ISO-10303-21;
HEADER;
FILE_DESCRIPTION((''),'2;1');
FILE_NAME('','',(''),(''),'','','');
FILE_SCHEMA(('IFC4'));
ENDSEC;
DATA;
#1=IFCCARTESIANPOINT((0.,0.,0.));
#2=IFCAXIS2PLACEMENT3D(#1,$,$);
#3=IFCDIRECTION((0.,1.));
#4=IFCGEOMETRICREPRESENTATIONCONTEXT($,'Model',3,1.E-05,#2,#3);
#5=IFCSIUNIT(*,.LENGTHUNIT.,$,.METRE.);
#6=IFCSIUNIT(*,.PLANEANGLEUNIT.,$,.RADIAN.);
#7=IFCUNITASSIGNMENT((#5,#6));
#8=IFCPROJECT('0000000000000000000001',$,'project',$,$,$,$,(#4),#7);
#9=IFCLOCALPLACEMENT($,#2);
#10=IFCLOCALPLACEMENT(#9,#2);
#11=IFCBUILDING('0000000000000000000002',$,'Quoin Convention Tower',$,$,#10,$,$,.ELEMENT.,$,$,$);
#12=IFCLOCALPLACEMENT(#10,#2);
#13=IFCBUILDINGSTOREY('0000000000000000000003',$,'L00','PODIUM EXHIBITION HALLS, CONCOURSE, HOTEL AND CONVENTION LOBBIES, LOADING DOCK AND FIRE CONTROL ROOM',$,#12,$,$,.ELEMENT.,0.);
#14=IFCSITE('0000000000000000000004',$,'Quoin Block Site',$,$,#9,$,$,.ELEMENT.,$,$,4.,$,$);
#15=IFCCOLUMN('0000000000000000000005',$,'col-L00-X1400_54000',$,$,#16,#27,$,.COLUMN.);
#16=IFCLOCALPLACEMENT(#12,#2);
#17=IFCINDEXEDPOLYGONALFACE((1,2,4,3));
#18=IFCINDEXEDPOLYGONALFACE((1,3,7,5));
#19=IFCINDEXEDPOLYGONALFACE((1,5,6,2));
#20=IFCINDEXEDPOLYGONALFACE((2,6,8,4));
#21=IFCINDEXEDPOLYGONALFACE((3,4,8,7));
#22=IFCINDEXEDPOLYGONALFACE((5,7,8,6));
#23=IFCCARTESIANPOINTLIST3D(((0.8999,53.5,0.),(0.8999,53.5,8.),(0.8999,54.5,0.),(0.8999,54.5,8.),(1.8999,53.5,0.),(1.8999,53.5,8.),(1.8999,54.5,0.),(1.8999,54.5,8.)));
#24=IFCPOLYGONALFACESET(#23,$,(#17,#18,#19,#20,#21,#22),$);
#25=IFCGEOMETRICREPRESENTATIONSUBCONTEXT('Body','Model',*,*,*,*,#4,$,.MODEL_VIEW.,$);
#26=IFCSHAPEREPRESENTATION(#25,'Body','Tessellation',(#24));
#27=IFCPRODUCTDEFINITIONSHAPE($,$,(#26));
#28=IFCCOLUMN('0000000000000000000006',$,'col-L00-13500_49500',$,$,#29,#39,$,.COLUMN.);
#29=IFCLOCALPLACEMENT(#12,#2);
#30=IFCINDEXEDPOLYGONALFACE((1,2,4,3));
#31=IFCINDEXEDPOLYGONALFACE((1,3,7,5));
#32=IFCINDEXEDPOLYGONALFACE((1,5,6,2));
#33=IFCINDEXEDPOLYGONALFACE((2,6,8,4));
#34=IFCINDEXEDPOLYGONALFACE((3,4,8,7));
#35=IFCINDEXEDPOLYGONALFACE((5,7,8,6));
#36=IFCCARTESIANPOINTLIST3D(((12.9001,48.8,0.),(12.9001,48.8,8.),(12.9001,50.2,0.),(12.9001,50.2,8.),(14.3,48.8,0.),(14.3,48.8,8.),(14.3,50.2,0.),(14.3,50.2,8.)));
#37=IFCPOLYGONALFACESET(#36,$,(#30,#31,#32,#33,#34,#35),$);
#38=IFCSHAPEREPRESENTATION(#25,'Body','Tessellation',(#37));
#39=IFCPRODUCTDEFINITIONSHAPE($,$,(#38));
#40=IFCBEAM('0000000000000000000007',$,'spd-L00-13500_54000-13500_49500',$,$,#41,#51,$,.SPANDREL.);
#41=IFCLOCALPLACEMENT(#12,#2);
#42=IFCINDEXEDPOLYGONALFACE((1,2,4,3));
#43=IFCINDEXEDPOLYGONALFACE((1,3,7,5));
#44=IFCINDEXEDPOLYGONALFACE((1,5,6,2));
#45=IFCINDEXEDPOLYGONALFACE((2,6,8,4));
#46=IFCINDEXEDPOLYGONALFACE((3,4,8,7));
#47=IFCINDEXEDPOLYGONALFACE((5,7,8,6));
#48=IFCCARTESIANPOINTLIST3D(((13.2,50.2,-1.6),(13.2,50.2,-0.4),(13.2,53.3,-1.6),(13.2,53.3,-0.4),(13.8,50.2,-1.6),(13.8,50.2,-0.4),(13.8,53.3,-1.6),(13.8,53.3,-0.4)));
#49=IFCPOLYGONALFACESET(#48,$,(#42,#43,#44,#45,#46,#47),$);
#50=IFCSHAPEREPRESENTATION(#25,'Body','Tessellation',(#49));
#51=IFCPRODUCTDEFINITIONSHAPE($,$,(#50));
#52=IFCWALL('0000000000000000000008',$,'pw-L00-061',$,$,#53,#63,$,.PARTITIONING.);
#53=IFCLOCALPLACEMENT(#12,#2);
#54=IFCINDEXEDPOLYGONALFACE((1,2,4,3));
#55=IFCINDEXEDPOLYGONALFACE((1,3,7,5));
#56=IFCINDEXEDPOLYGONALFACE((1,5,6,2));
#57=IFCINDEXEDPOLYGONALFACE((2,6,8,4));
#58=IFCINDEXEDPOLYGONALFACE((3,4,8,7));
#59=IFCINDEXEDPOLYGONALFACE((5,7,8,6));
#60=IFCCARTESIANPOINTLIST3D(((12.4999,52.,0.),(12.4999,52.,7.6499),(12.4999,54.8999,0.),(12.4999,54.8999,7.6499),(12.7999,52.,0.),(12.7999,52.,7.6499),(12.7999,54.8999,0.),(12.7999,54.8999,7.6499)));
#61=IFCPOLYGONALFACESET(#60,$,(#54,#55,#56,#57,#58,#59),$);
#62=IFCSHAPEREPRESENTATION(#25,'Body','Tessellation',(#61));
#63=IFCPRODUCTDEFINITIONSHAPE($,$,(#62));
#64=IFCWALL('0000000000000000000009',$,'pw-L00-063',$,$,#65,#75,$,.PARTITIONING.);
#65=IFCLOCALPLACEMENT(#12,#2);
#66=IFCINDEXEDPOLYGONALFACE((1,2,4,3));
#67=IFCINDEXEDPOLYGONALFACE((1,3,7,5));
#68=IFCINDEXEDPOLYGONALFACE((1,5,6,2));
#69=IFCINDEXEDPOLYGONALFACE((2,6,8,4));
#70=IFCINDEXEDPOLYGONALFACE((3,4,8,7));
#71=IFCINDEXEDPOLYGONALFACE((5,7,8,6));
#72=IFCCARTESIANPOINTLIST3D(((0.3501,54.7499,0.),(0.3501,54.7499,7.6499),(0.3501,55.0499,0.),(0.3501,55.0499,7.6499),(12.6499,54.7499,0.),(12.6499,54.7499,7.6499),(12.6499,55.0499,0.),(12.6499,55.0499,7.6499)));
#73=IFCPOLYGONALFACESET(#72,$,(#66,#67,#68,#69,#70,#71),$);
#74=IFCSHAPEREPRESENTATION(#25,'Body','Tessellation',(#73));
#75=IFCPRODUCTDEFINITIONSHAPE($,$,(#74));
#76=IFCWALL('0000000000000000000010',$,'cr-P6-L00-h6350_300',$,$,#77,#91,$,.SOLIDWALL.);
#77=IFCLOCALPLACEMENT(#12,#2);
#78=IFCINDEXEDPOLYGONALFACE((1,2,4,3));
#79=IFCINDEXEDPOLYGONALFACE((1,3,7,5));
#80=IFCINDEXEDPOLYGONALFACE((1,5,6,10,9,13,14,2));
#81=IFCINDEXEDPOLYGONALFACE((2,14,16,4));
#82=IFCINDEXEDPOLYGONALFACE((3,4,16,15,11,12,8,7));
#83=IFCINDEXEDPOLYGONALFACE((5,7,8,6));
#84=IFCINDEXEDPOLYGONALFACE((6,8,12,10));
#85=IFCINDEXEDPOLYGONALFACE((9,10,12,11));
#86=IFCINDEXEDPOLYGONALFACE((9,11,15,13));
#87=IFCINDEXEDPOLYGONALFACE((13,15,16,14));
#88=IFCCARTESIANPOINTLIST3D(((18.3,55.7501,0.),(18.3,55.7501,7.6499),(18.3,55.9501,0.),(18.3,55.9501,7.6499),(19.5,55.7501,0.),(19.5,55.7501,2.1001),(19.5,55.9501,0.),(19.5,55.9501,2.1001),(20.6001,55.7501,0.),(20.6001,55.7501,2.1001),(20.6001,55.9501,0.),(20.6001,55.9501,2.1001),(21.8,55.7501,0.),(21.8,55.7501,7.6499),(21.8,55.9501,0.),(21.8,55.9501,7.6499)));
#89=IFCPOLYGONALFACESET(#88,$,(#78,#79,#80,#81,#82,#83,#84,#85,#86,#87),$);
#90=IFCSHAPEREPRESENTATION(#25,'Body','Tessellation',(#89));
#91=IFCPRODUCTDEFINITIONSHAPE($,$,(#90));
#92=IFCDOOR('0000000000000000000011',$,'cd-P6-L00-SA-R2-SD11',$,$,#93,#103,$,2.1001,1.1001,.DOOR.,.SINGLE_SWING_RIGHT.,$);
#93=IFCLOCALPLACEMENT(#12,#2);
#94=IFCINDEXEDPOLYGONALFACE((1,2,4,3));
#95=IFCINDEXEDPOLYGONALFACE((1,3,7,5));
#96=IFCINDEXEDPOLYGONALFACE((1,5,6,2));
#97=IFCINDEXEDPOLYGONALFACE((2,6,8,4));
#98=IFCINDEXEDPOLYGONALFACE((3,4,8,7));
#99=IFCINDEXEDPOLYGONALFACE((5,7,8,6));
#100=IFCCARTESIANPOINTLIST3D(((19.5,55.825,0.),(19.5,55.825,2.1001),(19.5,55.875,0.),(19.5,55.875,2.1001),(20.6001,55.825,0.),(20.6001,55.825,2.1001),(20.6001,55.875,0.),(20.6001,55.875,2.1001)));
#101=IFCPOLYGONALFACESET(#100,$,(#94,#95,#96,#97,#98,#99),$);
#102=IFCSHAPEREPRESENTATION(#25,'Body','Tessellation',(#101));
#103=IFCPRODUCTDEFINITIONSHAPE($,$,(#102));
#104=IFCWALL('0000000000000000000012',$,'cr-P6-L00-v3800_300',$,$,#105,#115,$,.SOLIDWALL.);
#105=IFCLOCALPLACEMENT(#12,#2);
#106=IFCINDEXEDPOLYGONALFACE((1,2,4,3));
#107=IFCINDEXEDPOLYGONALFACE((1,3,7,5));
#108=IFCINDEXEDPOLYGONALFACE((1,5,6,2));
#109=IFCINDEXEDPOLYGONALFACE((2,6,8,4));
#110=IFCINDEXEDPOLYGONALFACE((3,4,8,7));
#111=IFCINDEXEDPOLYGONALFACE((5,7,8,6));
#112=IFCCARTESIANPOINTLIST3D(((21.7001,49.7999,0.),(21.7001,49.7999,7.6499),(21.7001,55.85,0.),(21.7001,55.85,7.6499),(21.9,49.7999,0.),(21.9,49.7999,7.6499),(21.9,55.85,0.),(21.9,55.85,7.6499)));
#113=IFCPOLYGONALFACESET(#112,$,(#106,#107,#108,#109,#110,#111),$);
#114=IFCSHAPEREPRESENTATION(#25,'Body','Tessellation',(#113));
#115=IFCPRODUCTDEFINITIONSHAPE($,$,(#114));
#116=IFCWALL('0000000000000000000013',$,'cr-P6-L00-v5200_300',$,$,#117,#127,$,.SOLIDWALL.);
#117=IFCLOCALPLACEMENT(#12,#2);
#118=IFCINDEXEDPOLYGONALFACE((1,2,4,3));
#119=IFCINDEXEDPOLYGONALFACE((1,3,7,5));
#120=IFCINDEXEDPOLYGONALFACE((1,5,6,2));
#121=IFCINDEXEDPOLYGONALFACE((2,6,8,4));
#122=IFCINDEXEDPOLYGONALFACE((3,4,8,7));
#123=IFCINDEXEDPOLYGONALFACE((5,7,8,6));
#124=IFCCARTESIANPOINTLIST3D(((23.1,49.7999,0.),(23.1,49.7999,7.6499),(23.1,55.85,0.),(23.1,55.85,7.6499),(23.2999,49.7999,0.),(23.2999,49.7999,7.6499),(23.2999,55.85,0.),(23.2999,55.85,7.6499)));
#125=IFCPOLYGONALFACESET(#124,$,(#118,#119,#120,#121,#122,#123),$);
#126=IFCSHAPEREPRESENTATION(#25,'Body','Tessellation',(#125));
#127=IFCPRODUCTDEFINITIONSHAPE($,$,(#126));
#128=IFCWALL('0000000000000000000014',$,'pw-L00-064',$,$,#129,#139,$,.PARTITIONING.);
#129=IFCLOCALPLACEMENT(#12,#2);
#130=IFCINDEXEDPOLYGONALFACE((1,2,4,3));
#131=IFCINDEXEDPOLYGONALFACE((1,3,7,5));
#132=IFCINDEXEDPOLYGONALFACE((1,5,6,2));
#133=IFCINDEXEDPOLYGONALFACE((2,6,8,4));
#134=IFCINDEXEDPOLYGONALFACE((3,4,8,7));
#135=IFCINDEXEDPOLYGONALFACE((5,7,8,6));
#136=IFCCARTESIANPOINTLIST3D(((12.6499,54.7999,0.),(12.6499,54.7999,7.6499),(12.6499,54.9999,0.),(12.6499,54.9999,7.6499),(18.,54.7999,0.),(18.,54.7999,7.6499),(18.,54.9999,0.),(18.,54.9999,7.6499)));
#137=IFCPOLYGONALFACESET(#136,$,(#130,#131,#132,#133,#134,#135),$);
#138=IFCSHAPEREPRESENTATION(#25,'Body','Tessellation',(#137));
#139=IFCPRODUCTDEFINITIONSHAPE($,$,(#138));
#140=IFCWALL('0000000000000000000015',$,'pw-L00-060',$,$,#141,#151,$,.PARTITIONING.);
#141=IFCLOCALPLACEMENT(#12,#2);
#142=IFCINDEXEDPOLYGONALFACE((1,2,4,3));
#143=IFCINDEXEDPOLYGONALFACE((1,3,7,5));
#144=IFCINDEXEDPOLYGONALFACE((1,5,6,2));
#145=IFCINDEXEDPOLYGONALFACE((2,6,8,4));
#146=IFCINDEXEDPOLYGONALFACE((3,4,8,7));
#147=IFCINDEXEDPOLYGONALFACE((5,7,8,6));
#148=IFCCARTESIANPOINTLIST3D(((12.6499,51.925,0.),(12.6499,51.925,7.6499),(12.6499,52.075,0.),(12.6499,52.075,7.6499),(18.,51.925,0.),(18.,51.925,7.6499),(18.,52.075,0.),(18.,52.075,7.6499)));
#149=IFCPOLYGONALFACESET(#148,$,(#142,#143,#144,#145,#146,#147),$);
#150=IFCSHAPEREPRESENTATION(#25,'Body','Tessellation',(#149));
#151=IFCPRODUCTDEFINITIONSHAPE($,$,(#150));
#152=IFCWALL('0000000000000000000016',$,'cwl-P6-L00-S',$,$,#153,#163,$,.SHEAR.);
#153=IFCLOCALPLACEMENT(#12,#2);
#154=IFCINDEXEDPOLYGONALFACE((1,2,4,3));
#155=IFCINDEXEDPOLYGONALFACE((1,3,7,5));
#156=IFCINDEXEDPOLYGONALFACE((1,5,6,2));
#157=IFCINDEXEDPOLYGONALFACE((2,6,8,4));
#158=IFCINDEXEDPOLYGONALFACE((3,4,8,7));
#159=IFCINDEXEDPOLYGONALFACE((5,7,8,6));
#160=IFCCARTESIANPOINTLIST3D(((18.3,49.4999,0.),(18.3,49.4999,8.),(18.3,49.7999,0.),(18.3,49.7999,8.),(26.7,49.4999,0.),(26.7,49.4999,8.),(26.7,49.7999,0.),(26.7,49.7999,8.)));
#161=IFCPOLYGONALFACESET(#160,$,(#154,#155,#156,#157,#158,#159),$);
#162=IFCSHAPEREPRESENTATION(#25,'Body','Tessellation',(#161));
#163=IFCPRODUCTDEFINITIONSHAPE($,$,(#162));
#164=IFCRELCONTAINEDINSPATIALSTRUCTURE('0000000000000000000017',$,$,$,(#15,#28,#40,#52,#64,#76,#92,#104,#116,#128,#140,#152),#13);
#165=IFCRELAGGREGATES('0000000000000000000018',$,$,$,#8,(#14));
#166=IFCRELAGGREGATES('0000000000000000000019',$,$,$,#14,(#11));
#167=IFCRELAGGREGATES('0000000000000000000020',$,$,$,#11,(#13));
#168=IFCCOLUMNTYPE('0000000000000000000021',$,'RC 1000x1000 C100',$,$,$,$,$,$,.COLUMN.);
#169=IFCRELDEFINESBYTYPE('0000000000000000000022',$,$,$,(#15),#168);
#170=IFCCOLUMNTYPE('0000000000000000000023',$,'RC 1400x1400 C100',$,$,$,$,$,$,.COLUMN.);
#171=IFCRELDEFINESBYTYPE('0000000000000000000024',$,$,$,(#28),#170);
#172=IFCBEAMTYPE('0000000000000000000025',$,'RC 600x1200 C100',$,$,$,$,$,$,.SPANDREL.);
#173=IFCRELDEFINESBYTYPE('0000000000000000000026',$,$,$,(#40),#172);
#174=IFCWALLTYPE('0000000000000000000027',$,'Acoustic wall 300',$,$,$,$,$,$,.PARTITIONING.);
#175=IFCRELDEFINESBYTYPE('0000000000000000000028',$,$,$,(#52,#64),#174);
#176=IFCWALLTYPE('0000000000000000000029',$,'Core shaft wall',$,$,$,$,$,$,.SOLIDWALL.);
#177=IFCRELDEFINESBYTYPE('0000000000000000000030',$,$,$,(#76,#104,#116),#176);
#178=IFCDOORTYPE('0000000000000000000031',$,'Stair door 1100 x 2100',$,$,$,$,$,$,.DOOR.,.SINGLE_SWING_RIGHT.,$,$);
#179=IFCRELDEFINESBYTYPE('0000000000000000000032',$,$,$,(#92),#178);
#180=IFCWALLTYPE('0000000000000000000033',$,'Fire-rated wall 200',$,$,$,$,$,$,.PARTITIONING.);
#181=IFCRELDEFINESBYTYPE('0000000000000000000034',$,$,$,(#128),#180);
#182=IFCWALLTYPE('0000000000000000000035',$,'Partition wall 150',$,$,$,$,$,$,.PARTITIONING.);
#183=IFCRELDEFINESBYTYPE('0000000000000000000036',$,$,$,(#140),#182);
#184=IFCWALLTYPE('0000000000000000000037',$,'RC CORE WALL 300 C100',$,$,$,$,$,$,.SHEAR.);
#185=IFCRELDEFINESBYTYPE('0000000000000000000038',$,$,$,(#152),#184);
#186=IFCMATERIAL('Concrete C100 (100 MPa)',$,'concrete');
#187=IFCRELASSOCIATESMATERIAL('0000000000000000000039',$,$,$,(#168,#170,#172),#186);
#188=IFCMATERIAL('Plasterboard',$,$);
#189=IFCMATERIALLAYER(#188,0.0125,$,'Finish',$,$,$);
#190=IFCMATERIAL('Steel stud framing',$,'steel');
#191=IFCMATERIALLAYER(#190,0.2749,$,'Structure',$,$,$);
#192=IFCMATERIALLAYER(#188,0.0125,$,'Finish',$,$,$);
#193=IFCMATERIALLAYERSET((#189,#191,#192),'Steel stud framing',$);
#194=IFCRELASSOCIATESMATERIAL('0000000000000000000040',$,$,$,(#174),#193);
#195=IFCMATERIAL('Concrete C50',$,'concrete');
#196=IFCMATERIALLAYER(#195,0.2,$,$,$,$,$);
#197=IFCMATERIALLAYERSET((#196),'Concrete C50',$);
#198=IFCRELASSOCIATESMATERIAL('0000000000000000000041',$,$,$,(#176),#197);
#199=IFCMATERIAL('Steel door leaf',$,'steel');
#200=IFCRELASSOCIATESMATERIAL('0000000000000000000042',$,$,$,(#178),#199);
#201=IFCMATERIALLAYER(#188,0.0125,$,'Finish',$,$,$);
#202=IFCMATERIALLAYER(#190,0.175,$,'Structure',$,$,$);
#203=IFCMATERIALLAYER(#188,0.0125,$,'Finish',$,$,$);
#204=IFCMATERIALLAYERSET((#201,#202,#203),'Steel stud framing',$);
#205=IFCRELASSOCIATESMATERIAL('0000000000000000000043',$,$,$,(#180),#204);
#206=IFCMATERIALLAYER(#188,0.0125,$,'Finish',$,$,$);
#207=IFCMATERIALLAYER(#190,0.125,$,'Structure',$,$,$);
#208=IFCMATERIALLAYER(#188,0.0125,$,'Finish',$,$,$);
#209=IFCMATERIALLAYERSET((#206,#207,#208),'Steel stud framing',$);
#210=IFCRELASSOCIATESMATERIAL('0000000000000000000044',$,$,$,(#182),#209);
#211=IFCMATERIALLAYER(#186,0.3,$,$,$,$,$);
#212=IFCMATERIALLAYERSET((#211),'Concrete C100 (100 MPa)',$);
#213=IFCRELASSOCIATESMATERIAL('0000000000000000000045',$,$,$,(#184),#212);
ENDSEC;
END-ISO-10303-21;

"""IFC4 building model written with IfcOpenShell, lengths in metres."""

from ifc_helpers import new_model, si_unit, direction, frame, frame_2d, origin, origin_2d, place, context, subcontext, project, spatial, rectangle, extrude, material, layer, layer_set, material_profile, profile_set, type_object, element, fill, save


model = new_model("IFC4")

# Units and contexts
model_context = context("Model", 3, precision=1e-05, world=origin(), true_north=direction((0.0, 1.0)))
body_context = subcontext(model_context, "Body", "Model", "MODEL_VIEW")
ifc_project = project(units=[si_unit("LENGTHUNIT", "METRE"), si_unit("PLANEANGLEUNIT", "RADIAN")], contexts=[model_context])

# Site, building, storey
site_placement = place(None, origin())
site = spatial("IfcSite", under=ifc_project, at=site_placement, Name="Quoin Block Site", CompositionType="ELEMENT", RefElevation=4.0)
building_placement = place(site_placement, origin())
building = spatial("IfcBuilding", under=site, at=building_placement, Name="Quoin Convention Tower", CompositionType="ELEMENT")
storey_placement = place(building_placement, origin())
storey = spatial("IfcBuildingStorey", under=building, at=storey_placement, Name="L00", Description="PODIUM EXHIBITION HALLS, CONCOURSE, HOTEL AND CONVENTION LOBBIES, LOADING DOCK AND FIRE CONTROL ROOM", CompositionType="ELEMENT", Elevation=0.0)

# Columns
ifc_material_1 = material(Name="Concrete C100 (100 MPa)", Category="concrete")
ifc_material_profile_1 = material_profile(ifc_material_1, rectangle(XDim=1.0, YDim=1.0, at=origin_2d()), Name="RC 1000x1000")
ifc_profile_set_1 = profile_set([ifc_material_profile_1], Name="Concrete C100 (100 MPa)")
column_type_1 = type_object("IfcColumnType", Name="RC 1000x1000 C100", PredefinedType="COLUMN", material=ifc_profile_set_1)
column_1_placement = place(storey_placement, frame((1.3999, 54.0, 0.0), z_axis=(0.0, 0.0, 1.0), x_axis=(1.0, 0.0, 0.0)))
element("IfcColumn", 1, at=column_1_placement, inside=storey, type_object=column_type_1, Name="col-L00-X1400_54000", PredefinedType="COLUMN", context=body_context, shape_type="SweptSolid", body=[
    extrude(rectangle(XDim=1.0, YDim=1.0, at=origin_2d()), origin(), (0.0, 0.0, 1.0), 8.0),
])
ifc_material_profile_2 = material_profile(ifc_material_1, rectangle(XDim=1.3999, YDim=1.3999, at=origin_2d()), Name="RC 1400x1400")
ifc_profile_set_2 = profile_set([ifc_material_profile_2], Name="Concrete C100 (100 MPa)")
column_type_2 = type_object("IfcColumnType", Name="RC 1400x1400 C100", PredefinedType="COLUMN", material=ifc_profile_set_2)
column_2_placement = place(storey_placement, frame((13.6001, 49.5, 0.0), z_axis=(0.0, 0.0, 1.0), x_axis=(1.0, 0.0, 0.0)))
element("IfcColumn", 2, at=column_2_placement, inside=storey, type_object=column_type_2, Name="col-L00-13500_49500", PredefinedType="COLUMN", context=body_context, shape_type="SweptSolid", body=[
    extrude(rectangle(XDim=1.3999, YDim=1.3999, at=origin_2d()), origin(), (0.0, 0.0, 1.0), 8.0),
])

# Beam
ifc_material_profile_3 = material_profile(ifc_material_1, rectangle(XDim=0.6001, YDim=1.2, at=origin_2d()), Name="RC 600x1200")
ifc_profile_set_3 = profile_set([ifc_material_profile_3], Name="Concrete C100 (100 MPa)")
beam_type = type_object("IfcBeamType", Name="RC 600x1200 C100", PredefinedType="SPANDREL", material=ifc_profile_set_3)
beam_placement = place(storey_placement, frame((13.5, 53.3, -1.0), z_axis=(0.0, -1.0, 0.0), x_axis=(1.0, 0.0, 0.0)))
element("IfcBeam", 3, at=beam_placement, inside=storey, type_object=beam_type, Name="spd-L00-13500_54000-13500_49500", PredefinedType="SPANDREL", context=body_context, shape_type="SweptSolid", body=[
    extrude(rectangle(XDim=0.6001, YDim=1.2, at=origin_2d()), origin(), (0.0, 0.0, 1.0), 3.1001),
])

# Walls
ifc_material_2 = material(Name="Plasterboard")
ifc_layer_1 = layer(ifc_material_2, 0.0125, Name="Finish")
ifc_material_3 = material(Name="Steel stud framing", Category="steel")
ifc_layer_2 = layer(ifc_material_3, 0.2749, Name="Structure")
ifc_layer_3 = layer(ifc_material_2, 0.0125, Name="Finish")
ifc_layer_set_1 = layer_set([ifc_layer_1, ifc_layer_2, ifc_layer_3], Name="Steel stud framing")
wall_type_1 = type_object("IfcWallType", Name="Acoustic wall 300", PredefinedType="PARTITIONING", material=ifc_layer_set_1)
wall_1_placement = place(storey_placement, frame((12.6499, 52.0, 0.0), z_axis=(0.0, 0.0, 1.0), x_axis=(0.0, 1.0, 0.0)))
element("IfcWall", 4, at=wall_1_placement, inside=storey, type_object=wall_type_1, Name="pw-L00-061", PredefinedType="PARTITIONING", context=body_context, shape_type="SweptSolid", body=[
    extrude(rectangle(XDim=2.8999, YDim=0.3, at=frame_2d((1.45, 0.0))), origin(), (0.0, 0.0, 1.0), 7.6499),
])
wall_2_placement = place(storey_placement, frame((0.3501, 54.8999, 0.0), z_axis=(0.0, 0.0, 1.0), x_axis=(1.0, 0.0, 0.0)))
element("IfcWall", 5, at=wall_2_placement, inside=storey, type_object=wall_type_1, Name="pw-L00-063", PredefinedType="PARTITIONING", context=body_context, shape_type="SweptSolid", body=[
    extrude(rectangle(XDim=12.2998, YDim=0.3, at=frame_2d((6.1499, 0.0))), origin(), (0.0, 0.0, 1.0), 7.6499),
])

# Wall, opening, door
ifc_material_4 = material(Name="Concrete C50", Category="concrete")
ifc_layer_4 = layer(ifc_material_4, 0.2)
ifc_layer_set_2 = layer_set([ifc_layer_4], Name="Concrete C50")
wall_type_2 = type_object("IfcWallType", Name="Core shaft wall", PredefinedType="SOLIDWALL", material=ifc_layer_set_2)
wall_3_placement = place(storey_placement, frame((18.3, 55.8501, 0.0), z_axis=(0.0, 0.0, 1.0), x_axis=(1.0, 0.0, 0.0)))
wall_3 = element("IfcWall", 6, at=wall_3_placement, inside=storey, type_object=wall_type_2, Name="cr-P6-L00-h6350_300", PredefinedType="SOLIDWALL", context=body_context, shape_type="SweptSolid", body=[
    extrude(rectangle(XDim=3.5, YDim=0.2, at=frame_2d((1.75, 0.0))), origin(), (0.0, 0.0, 1.0), 7.6499),
])
opening_1_placement = place(wall_3_placement, frame((1.2, 0.0, 0.0)))
opening_1 = element("IfcOpeningElement", 7, at=opening_1_placement, cuts=wall_3, PredefinedType="OPENING", context=body_context, shape_type="SweptSolid", body=[
    extrude(rectangle(XDim=1.1001, YDim=2.1001, at=frame_2d((0.55, 1.05))), frame((0.0, 0.1099, 0.0), z_axis=(0.0, -1.0, 0.0), x_axis=(1.0, 0.0, 0.0)), (0.0, 0.0, 1.0), 0.22),
])
ifc_material_5 = material(Name="Steel door leaf", Category="steel")
door_type = type_object("IfcDoorType", Name="Stair door 1100 x 2100", OperationType="SINGLE_SWING_RIGHT", PredefinedType="DOOR", material=ifc_material_5)
door_1_placement = place(opening_1_placement, origin())
door_1 = element("IfcDoor", 8, at=door_1_placement, inside=storey, type_object=door_type, Name="cd-P6-L00-SA-R2-SD11", OperationType="SINGLE_SWING_RIGHT", OverallHeight=2.1001, OverallWidth=1.1001, PredefinedType="DOOR", context=body_context, shape_type="SweptSolid", body=[
    extrude(rectangle(XDim=1.1001, YDim=2.1001, at=frame_2d((0.55, 1.05))), frame((0.0, 0.0249, 0.0), z_axis=(0.0, -1.0, 0.0), x_axis=(1.0, 0.0, 0.0)), (0.0, 0.0, 1.0), 0.05),
])
fill(opening_1, door_1)

# Walls
for number, where, z_axis, x_axis, name in (
    (9, (21.8, 49.8, 0.0), (0.0, 0.0, 1.0), (0.0, 1.0, 0.0), "cr-P6-L00-v3800_300"),
    (10, (23.2, 49.8, 0.0), (0.0, 0.0, 1.0), (0.0, 1.0, 0.0), "cr-P6-L00-v5200_300"),
):
    element("IfcWall", number, at=place(storey_placement, frame(where, z_axis=z_axis, x_axis=x_axis)), inside=storey, type_object=wall_type_2, Name=name, PredefinedType="SOLIDWALL", context=body_context, shape_type="SweptSolid", body=[
        extrude(rectangle(XDim=6.05, YDim=0.2, at=frame_2d((3.0249, 0.0))), origin(), (0.0, 0.0, 1.0), 7.6499),
    ])
ifc_layer_5 = layer(ifc_material_2, 0.0125, Name="Finish")
ifc_layer_6 = layer(ifc_material_3, 0.175, Name="Structure")
ifc_layer_7 = layer(ifc_material_2, 0.0125, Name="Finish")
ifc_layer_set_3 = layer_set([ifc_layer_5, ifc_layer_6, ifc_layer_7], Name="Steel stud framing")
wall_type_3 = type_object("IfcWallType", Name="Fire-rated wall 200", PredefinedType="PARTITIONING", material=ifc_layer_set_3)
wall_4_placement = place(storey_placement, frame((12.6499, 54.8999, 0.0), z_axis=(0.0, 0.0, 1.0), x_axis=(1.0, 0.0, 0.0)))
element("IfcWall", 11, at=wall_4_placement, inside=storey, type_object=wall_type_3, Name="pw-L00-064", PredefinedType="PARTITIONING", context=body_context, shape_type="SweptSolid", body=[
    extrude(rectangle(XDim=5.3501, YDim=0.2, at=frame_2d((2.675, 0.0))), origin(), (0.0, 0.0, 1.0), 7.6499),
])
ifc_layer_8 = layer(ifc_material_2, 0.0125, Name="Finish")
ifc_layer_9 = layer(ifc_material_3, 0.125, Name="Structure")
ifc_layer_10 = layer(ifc_material_2, 0.0125, Name="Finish")
ifc_layer_set_4 = layer_set([ifc_layer_8, ifc_layer_9, ifc_layer_10], Name="Steel stud framing")
wall_type_4 = type_object("IfcWallType", Name="Partition wall 150", PredefinedType="PARTITIONING", material=ifc_layer_set_4)
wall_5_placement = place(storey_placement, frame((12.6499, 52.0, 0.0), z_axis=(0.0, 0.0, 1.0), x_axis=(1.0, 0.0, 0.0)))
element("IfcWall", 12, at=wall_5_placement, inside=storey, type_object=wall_type_4, Name="pw-L00-060", PredefinedType="PARTITIONING", context=body_context, shape_type="SweptSolid", body=[
    extrude(rectangle(XDim=5.3501, YDim=0.1499, at=frame_2d((2.675, 0.0))), origin(), (0.0, 0.0, 1.0), 7.6499),
])
ifc_layer_11 = layer(ifc_material_1, 0.3)
ifc_layer_set_5 = layer_set([ifc_layer_11], Name="Concrete C100 (100 MPa)")
wall_type_5 = type_object("IfcWallType", Name="RC CORE WALL 300 C100", PredefinedType="SHEAR", material=ifc_layer_set_5)
wall_6_placement = place(storey_placement, frame((18.3, 49.6499, 0.0), z_axis=(0.0, 0.0, 1.0), x_axis=(1.0, 0.0, 0.0)))
element("IfcWall", 13, at=wall_6_placement, inside=storey, type_object=wall_type_5, Name="cwl-P6-L00-S", PredefinedType="SHEAR", context=body_context, shape_type="SweptSolid", body=[
    extrude(rectangle(XDim=8.3999, YDim=0.3, at=frame_2d((4.2, 0.0))), origin(), (0.0, 0.0, 1.0), 8.0),
])

save(model, "model.ifc")
